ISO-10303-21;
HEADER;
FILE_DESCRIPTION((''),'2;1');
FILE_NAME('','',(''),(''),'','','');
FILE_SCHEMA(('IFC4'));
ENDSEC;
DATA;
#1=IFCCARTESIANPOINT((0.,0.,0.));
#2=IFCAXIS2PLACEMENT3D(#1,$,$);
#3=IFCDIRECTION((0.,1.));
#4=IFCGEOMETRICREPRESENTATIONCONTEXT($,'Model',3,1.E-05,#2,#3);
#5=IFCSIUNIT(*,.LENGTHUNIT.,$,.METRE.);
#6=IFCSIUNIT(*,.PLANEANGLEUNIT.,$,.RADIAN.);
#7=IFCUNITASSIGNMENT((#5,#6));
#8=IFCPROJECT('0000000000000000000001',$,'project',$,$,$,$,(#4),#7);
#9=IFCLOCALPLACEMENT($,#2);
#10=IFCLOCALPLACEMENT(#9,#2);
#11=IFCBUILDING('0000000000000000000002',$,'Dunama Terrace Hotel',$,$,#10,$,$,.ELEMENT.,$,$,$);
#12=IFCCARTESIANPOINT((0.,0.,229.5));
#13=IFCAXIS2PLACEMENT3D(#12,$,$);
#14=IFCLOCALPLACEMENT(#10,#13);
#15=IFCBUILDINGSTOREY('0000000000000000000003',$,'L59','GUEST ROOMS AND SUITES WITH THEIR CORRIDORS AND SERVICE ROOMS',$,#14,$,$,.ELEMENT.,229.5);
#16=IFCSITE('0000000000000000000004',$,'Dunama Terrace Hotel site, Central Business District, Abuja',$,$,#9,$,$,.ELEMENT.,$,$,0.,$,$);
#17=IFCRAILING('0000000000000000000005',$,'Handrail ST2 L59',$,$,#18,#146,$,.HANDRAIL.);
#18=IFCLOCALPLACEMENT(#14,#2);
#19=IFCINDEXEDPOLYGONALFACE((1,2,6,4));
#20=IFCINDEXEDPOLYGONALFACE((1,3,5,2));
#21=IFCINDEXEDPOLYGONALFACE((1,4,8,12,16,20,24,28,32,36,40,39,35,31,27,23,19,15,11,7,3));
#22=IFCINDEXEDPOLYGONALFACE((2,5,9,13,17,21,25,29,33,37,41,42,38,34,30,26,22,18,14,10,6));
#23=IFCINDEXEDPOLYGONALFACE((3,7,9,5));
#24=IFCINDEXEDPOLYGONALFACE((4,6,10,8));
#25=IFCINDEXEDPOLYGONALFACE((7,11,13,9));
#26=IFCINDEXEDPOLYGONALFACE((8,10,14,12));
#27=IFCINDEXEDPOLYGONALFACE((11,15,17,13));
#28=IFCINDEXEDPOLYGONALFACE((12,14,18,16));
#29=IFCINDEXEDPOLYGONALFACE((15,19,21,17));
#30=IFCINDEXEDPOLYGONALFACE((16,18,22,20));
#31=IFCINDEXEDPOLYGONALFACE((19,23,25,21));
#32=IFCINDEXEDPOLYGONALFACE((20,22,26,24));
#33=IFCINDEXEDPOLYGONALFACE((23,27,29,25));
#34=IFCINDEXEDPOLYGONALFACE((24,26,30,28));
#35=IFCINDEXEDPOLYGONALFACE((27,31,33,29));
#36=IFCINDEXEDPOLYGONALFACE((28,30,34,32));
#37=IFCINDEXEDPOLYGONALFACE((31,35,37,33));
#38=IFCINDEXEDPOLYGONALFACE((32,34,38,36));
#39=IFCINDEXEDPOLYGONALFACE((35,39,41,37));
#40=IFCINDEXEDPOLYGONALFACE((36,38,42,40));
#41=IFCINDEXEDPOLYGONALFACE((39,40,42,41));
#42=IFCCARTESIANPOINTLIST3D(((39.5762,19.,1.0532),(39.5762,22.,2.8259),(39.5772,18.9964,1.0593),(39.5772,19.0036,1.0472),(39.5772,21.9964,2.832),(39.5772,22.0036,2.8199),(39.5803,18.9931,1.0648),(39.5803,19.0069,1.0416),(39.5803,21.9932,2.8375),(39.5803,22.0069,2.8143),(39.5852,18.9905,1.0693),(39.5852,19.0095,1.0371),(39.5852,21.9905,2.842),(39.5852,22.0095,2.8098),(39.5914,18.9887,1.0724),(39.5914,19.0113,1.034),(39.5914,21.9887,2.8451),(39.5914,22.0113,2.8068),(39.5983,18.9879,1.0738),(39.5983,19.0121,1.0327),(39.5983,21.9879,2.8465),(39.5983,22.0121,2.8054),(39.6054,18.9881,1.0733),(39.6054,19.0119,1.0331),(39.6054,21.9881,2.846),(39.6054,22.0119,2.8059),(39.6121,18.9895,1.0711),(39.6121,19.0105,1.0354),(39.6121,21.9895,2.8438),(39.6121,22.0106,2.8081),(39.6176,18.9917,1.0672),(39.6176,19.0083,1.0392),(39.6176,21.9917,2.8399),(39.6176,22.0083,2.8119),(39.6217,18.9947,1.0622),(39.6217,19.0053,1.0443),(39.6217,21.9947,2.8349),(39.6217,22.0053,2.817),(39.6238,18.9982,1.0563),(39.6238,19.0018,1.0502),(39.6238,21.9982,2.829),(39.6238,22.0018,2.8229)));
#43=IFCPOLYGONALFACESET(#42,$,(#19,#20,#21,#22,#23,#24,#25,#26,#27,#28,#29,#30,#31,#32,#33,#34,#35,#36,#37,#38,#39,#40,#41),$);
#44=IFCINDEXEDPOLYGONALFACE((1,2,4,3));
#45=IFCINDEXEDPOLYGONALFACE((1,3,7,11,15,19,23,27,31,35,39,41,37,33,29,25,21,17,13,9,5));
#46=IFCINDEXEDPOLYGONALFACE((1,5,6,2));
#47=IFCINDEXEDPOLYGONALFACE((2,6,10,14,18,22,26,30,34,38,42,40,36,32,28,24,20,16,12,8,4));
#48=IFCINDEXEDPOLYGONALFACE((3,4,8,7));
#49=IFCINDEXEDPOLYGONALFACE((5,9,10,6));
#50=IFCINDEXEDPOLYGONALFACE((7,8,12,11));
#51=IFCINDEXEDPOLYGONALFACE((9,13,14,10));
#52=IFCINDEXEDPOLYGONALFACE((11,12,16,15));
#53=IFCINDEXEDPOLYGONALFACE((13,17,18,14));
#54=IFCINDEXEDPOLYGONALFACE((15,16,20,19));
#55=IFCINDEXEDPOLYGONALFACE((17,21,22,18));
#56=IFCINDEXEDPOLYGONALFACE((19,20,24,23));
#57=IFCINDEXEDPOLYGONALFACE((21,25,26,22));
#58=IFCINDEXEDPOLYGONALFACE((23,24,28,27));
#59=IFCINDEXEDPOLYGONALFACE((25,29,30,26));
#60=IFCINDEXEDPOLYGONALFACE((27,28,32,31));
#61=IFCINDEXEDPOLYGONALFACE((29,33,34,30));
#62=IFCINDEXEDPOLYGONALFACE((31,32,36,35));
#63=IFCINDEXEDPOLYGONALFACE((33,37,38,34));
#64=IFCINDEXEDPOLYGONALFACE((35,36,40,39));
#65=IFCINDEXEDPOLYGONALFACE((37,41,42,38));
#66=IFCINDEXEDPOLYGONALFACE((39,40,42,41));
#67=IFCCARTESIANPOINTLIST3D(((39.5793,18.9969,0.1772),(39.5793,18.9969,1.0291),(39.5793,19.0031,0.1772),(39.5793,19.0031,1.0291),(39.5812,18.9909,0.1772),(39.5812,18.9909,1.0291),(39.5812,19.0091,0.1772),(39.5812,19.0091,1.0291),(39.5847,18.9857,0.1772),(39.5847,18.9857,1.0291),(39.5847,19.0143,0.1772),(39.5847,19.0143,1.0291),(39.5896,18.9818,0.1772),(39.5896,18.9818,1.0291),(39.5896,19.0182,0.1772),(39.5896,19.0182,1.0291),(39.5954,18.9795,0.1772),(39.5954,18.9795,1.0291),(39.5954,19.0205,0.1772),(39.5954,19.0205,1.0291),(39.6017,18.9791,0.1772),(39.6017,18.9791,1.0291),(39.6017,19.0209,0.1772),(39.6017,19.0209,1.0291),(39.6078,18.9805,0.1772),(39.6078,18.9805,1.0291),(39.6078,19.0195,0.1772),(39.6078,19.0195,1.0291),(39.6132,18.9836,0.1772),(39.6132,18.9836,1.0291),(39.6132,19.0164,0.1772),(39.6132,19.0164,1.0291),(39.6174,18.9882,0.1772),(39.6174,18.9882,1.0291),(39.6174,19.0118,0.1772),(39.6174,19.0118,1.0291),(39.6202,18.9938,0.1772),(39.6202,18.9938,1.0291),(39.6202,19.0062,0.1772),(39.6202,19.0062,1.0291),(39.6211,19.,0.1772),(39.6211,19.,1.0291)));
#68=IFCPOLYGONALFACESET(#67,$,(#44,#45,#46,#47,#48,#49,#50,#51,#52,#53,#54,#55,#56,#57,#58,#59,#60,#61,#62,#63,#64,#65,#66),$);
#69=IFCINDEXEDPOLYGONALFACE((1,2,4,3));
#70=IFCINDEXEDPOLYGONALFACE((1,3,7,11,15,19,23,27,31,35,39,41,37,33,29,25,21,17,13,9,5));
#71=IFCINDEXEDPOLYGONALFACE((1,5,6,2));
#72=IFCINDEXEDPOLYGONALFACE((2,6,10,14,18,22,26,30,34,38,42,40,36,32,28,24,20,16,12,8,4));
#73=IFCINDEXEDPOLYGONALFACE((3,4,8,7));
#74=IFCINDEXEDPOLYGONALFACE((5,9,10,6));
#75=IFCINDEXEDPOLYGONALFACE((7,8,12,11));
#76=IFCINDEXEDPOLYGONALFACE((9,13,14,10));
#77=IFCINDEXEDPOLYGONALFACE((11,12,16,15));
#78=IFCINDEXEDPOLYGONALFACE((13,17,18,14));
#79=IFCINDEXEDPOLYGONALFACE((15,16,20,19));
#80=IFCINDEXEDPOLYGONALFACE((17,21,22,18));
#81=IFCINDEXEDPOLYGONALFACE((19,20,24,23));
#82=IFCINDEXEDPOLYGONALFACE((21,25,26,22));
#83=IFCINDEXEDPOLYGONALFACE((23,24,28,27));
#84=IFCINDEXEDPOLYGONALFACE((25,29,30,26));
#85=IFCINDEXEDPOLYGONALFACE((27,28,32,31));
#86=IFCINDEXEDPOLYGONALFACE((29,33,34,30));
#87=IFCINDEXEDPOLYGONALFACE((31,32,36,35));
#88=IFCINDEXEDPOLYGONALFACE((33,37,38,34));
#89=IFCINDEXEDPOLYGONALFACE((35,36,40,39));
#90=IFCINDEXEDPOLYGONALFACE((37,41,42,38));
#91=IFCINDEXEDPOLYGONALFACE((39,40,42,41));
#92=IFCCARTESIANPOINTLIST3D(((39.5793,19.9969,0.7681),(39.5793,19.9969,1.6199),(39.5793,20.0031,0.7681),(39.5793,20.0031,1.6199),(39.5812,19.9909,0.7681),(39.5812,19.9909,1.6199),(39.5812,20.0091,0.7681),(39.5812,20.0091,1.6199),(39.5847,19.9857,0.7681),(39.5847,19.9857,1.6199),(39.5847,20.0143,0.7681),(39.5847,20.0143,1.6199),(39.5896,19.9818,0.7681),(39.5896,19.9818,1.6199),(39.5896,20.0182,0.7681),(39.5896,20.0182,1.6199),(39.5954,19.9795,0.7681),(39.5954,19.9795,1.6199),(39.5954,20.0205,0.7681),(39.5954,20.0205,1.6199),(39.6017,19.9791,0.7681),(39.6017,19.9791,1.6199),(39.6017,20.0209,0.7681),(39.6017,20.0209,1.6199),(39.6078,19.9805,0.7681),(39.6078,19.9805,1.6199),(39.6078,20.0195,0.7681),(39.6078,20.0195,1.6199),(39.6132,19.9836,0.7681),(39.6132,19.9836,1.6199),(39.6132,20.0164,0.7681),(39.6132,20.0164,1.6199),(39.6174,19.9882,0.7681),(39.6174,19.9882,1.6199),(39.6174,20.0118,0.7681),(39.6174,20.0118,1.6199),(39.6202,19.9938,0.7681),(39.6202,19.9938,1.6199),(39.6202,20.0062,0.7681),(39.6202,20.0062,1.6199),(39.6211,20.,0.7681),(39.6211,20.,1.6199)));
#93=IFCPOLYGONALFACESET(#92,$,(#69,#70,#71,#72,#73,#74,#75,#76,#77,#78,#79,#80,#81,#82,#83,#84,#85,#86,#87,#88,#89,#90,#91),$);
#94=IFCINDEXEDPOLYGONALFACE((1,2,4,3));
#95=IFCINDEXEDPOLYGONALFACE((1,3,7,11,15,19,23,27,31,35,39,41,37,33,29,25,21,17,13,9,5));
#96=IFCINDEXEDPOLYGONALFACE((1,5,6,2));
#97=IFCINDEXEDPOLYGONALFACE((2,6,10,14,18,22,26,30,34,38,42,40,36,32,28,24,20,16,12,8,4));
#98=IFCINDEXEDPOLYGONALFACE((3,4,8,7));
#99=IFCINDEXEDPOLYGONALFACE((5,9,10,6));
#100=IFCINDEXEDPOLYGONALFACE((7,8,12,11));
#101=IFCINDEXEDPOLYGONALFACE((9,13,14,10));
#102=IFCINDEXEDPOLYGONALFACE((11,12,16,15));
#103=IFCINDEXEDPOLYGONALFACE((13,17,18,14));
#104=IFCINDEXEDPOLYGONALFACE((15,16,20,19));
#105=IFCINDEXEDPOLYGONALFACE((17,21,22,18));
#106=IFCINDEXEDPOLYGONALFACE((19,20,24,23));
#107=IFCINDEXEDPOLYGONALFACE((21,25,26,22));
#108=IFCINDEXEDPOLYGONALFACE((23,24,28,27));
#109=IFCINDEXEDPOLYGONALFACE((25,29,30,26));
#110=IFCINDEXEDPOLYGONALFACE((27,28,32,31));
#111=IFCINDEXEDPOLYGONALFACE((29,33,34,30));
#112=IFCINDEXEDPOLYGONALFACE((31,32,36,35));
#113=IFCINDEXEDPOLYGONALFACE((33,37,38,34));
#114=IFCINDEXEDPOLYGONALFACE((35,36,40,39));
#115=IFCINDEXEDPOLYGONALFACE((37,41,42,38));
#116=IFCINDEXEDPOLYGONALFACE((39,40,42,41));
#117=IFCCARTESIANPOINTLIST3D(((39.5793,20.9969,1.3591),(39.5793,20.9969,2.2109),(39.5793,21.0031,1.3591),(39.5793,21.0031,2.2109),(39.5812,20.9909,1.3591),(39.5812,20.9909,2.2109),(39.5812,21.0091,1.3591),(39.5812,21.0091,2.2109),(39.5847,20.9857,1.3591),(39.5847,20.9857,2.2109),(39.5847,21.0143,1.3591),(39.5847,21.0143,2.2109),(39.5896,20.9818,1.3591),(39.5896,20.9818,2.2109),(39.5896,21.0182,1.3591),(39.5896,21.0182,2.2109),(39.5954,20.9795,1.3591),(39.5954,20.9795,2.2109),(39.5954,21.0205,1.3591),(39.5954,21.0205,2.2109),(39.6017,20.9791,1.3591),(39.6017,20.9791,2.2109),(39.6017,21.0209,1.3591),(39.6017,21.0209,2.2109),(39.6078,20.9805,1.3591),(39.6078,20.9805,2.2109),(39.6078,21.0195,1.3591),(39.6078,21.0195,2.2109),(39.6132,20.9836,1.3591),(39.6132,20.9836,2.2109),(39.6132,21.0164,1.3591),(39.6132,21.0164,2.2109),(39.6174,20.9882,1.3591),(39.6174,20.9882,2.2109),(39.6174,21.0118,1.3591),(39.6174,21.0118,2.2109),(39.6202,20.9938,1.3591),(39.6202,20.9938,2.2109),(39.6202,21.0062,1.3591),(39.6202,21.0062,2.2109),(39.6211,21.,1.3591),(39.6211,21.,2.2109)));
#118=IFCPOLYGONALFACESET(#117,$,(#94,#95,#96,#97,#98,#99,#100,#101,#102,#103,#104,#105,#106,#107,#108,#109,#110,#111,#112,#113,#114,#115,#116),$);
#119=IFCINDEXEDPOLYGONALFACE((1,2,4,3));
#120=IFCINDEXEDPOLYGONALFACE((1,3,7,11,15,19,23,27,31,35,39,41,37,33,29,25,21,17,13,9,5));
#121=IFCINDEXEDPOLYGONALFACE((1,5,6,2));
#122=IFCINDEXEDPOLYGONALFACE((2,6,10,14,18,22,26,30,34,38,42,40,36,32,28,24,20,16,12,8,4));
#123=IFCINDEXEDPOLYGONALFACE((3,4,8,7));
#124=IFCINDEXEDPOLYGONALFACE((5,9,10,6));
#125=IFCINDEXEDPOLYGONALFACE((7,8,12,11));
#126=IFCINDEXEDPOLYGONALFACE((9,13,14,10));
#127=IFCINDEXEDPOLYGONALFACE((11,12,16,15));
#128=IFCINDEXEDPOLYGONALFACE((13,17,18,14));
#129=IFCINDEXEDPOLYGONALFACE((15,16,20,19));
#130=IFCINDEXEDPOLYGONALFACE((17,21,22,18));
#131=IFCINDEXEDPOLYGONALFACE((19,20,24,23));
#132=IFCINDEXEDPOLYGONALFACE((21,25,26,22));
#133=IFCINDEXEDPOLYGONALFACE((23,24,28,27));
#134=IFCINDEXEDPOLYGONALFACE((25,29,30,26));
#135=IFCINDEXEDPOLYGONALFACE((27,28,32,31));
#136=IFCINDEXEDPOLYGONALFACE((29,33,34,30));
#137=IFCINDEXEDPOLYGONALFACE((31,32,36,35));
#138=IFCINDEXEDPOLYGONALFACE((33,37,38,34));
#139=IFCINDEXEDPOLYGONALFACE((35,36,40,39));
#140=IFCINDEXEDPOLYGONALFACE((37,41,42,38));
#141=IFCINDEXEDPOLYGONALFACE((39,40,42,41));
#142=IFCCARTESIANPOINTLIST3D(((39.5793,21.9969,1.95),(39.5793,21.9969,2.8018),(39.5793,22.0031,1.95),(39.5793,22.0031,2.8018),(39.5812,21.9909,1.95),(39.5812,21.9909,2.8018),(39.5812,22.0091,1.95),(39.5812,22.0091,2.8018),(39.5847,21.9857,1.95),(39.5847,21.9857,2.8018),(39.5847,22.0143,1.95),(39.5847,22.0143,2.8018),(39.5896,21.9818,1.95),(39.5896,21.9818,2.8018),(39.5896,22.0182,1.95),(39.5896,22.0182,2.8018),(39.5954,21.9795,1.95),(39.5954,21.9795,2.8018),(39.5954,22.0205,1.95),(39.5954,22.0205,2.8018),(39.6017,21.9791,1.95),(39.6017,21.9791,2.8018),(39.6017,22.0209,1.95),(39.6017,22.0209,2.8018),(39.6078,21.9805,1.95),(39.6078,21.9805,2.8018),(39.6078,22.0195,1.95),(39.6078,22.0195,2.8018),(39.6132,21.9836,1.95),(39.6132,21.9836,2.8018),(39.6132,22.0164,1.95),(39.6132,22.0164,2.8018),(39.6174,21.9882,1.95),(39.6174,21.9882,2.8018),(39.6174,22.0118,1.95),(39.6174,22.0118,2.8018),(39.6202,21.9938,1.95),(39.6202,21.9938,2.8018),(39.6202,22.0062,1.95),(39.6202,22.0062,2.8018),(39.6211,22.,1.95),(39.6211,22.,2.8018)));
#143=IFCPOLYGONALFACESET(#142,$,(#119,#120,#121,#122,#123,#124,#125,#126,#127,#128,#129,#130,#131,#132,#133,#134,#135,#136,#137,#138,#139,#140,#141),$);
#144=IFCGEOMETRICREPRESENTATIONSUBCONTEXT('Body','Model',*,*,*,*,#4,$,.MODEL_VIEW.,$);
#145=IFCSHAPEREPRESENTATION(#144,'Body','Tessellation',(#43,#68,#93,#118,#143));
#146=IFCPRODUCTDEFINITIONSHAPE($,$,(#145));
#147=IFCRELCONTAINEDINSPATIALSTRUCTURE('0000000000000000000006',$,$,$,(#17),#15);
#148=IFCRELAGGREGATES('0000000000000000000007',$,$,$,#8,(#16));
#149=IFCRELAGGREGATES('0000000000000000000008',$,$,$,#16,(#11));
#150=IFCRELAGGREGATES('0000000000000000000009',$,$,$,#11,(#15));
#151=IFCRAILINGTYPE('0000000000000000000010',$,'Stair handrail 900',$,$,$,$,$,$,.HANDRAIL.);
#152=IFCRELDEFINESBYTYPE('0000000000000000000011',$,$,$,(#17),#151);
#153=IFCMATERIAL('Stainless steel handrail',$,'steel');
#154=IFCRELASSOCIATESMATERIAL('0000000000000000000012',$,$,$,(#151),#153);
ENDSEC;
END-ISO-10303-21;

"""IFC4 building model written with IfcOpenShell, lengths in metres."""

from ifc_helpers import new_model, si_unit, direction, frame, origin, origin_2d, place, context, subcontext, project, spatial, circle, extrude, material, type_object, element, save


model = new_model("IFC4")

# Units and contexts
model_context = context("Model", 3, precision=1e-05, world=origin(), true_north=direction((0.0, 1.0)))
body_context = subcontext(model_context, "Body", "Model", "MODEL_VIEW")
ifc_project = project(units=[si_unit("LENGTHUNIT", "METRE"), si_unit("PLANEANGLEUNIT", "RADIAN")], contexts=[model_context])

# Site, building, storey
site_placement = place(None, origin())
site = spatial("IfcSite", under=ifc_project, at=site_placement, Name="Dunama Terrace Hotel site, Central Business District, Abuja", CompositionType="ELEMENT", RefElevation=0.0)
building_placement = place(site_placement, origin())
building = spatial("IfcBuilding", under=site, at=building_placement, Name="Dunama Terrace Hotel", CompositionType="ELEMENT")
storey_placement = place(building_placement, frame((0.0, 0.0, 229.5)))
storey = spatial("IfcBuildingStorey", under=building, at=storey_placement, Name="L59", Description="GUEST ROOMS AND SUITES WITH THEIR CORRIDORS AND SERVICE ROOMS", CompositionType="ELEMENT", Elevation=229.5)

# Railing
ifc_material_1 = material(Name="Stainless steel handrail", Category="steel")
railing_type = type_object("IfcRailingType", Name="Stair handrail 900", PredefinedType="HANDRAIL", material=ifc_material_1)
railing_1_placement = place(storey_placement, frame((39.6001, 19.0, 0.1772)))
element("IfcRailing", 1, at=railing_1_placement, inside=storey, type_object=railing_type, Name="Handrail ST2 L59", PredefinedType="HANDRAIL", context=body_context, shape_type="SweptSolid", body=[
    extrude(circle(Radius=0.0239, at=origin_2d()), frame((0.0, 0.0, 0.876), z_axis=(0.0, 0.860929, 0.508725), x_axis=(-1.0, 0.0, 0.0)), (0.0, 0.0, 1.0), 3.4846),
    extrude(circle(Radius=0.021, at=origin_2d()), origin(), (0.0, 0.0, 1.0), 0.8518),
    extrude(circle(Radius=0.021, at=origin_2d()), frame((0.0, 1.0, 0.5908)), (0.0, 0.0, 1.0), 0.8518),
    extrude(circle(Radius=0.021, at=origin_2d()), frame((0.0, 2.0, 1.1819)), (0.0, 0.0, 1.0), 0.8518),
    extrude(circle(Radius=0.021, at=origin_2d()), frame((0.0, 3.0, 1.7727)), (0.0, 0.0, 1.0), 0.8518),
])

save(model, "model.ifc")
